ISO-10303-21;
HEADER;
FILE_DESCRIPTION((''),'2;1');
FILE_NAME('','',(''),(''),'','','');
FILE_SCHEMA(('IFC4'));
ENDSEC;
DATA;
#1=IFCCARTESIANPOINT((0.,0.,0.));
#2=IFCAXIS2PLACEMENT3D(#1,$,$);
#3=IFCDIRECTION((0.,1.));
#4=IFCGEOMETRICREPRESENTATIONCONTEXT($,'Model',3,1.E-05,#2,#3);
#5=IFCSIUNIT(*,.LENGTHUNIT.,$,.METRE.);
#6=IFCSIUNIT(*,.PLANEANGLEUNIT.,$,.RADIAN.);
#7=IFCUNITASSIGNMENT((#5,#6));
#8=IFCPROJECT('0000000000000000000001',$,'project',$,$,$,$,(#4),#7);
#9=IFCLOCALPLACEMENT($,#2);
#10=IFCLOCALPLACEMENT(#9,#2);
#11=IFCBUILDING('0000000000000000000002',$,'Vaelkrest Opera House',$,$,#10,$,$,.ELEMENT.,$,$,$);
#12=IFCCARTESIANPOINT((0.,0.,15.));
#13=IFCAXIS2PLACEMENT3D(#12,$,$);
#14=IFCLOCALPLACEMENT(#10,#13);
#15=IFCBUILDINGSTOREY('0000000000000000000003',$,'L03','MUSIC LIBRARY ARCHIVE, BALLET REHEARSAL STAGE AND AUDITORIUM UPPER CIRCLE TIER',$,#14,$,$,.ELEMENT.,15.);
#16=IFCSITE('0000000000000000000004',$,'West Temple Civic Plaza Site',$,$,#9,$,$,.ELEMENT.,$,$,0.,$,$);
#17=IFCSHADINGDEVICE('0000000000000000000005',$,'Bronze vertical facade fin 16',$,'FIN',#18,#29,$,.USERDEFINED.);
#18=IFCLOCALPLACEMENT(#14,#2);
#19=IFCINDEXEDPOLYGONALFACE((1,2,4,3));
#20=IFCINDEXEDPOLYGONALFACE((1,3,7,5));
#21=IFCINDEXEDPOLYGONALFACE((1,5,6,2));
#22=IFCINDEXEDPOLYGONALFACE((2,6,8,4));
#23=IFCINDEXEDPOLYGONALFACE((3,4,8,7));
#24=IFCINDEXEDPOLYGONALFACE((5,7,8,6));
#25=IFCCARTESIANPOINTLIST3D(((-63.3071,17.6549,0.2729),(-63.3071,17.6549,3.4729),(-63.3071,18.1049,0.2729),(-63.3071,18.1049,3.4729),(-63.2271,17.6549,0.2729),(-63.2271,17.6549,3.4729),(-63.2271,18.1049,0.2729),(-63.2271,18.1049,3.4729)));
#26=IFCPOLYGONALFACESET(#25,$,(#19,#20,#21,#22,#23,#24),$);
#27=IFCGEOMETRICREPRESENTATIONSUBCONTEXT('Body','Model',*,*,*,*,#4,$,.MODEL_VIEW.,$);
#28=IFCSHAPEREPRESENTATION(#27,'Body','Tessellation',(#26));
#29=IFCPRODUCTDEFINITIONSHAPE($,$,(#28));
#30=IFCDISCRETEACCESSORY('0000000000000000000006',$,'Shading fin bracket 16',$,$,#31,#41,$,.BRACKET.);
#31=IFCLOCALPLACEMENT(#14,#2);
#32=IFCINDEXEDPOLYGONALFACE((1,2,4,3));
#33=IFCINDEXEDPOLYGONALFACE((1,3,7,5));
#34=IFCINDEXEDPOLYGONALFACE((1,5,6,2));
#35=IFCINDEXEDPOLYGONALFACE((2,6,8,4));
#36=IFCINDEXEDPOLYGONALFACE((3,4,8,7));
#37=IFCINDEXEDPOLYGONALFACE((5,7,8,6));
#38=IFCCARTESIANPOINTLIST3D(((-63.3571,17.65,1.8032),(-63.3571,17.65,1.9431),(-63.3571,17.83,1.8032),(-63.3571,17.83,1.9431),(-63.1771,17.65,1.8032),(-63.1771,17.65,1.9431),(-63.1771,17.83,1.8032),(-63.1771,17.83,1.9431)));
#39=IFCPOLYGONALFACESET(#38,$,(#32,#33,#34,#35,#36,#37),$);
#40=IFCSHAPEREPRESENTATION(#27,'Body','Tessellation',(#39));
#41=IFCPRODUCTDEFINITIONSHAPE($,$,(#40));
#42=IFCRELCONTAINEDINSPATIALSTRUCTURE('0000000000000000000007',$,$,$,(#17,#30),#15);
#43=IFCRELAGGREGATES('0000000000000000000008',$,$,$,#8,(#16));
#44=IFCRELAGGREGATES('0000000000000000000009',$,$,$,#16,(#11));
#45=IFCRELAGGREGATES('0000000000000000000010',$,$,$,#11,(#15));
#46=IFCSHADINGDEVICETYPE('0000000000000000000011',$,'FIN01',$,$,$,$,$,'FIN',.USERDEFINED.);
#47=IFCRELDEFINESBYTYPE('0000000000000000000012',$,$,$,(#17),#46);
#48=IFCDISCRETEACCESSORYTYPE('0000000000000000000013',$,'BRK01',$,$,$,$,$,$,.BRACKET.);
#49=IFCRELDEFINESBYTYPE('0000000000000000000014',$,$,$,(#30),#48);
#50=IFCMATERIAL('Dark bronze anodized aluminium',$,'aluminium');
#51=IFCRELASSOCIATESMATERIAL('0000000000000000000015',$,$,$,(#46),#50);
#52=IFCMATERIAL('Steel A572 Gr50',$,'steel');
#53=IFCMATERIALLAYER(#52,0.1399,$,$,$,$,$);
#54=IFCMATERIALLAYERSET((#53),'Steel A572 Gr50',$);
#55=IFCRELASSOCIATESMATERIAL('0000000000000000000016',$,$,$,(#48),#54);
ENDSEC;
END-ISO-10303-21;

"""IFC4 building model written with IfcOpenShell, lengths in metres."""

from ifc_helpers import new_model, si_unit, direction, frame, origin, origin_2d, place, context, subcontext, project, spatial, rectangle, extrude, material, layer, layer_set, type_object, element, save


model = new_model("IFC4")

# Units and contexts
model_context = context("Model", 3, precision=1e-05, world=origin(), true_north=direction((0.0, 1.0)))
body_context = subcontext(model_context, "Body", "Model", "MODEL_VIEW")
ifc_project = project(units=[si_unit("LENGTHUNIT", "METRE"), si_unit("PLANEANGLEUNIT", "RADIAN")], contexts=[model_context])

# Site, building, storey
site_placement = place(None, origin())
site = spatial("IfcSite", under=ifc_project, at=site_placement, Name="West Temple Civic Plaza Site", CompositionType="ELEMENT", RefElevation=0.0)
building_placement = place(site_placement, origin())
building = spatial("IfcBuilding", under=site, at=building_placement, Name="Vaelkrest Opera House", CompositionType="ELEMENT")
storey_placement = place(building_placement, frame((0.0, 0.0, 15.0)))
storey = spatial("IfcBuildingStorey", under=building, at=storey_placement, Name="L03", Description="MUSIC LIBRARY ARCHIVE, BALLET REHEARSAL STAGE AND AUDITORIUM UPPER CIRCLE TIER", CompositionType="ELEMENT", Elevation=15.0)

# Shared definitions
ifc_material_1 = material(Name="Dark bronze anodized aluminium", Category="aluminium")

# Shading device
shading_device_type = type_object("IfcShadingDeviceType", Name="FIN01", ElementType="FIN", PredefinedType="USERDEFINED", material=ifc_material_1)
shading_device_placement = place(storey_placement, frame((-63.2671, 17.8799, 0.2729), z_axis=(0.0, 0.0, 1.0), x_axis=(0.0, 1.0, 0.0)))
element("IfcShadingDevice", 1, at=shading_device_placement, inside=storey, type_object=shading_device_type, Name="Bronze vertical facade fin 16", ObjectType="FIN", PredefinedType="USERDEFINED", context=body_context, shape_type="SweptSolid", body=[
    extrude(rectangle(XDim=0.45, YDim=0.0801, at=origin_2d()), origin(), (0.0, 0.0, 1.0), 3.2),
])

# Discrete accessory
ifc_material_2 = material(Name="Steel A572 Gr50", Category="steel")
ifc_layer_1 = layer(ifc_material_2, 0.1399)
ifc_layer_set_1 = layer_set([ifc_layer_1], Name="Steel A572 Gr50")
discrete_accessory_type = type_object("IfcDiscreteAccessoryType", Name="BRK01", PredefinedType="BRACKET", material=ifc_layer_set_1)
discrete_accessory_placement = place(storey_placement, frame((-63.2671, 17.74, 1.8032), z_axis=(0.0, 0.0, 1.0), x_axis=(0.0, 1.0, 0.0)))
element("IfcDiscreteAccessory", 2, at=discrete_accessory_placement, inside=storey, type_object=discrete_accessory_type, Name="Shading fin bracket 16", PredefinedType="BRACKET", context=body_context, shape_type="SweptSolid", body=[
    extrude(rectangle(XDim=0.1799, YDim=0.1799, at=origin_2d()), origin(), (0.0, 0.0, 1.0), 0.1399),
])

save(model, "model.ifc")
